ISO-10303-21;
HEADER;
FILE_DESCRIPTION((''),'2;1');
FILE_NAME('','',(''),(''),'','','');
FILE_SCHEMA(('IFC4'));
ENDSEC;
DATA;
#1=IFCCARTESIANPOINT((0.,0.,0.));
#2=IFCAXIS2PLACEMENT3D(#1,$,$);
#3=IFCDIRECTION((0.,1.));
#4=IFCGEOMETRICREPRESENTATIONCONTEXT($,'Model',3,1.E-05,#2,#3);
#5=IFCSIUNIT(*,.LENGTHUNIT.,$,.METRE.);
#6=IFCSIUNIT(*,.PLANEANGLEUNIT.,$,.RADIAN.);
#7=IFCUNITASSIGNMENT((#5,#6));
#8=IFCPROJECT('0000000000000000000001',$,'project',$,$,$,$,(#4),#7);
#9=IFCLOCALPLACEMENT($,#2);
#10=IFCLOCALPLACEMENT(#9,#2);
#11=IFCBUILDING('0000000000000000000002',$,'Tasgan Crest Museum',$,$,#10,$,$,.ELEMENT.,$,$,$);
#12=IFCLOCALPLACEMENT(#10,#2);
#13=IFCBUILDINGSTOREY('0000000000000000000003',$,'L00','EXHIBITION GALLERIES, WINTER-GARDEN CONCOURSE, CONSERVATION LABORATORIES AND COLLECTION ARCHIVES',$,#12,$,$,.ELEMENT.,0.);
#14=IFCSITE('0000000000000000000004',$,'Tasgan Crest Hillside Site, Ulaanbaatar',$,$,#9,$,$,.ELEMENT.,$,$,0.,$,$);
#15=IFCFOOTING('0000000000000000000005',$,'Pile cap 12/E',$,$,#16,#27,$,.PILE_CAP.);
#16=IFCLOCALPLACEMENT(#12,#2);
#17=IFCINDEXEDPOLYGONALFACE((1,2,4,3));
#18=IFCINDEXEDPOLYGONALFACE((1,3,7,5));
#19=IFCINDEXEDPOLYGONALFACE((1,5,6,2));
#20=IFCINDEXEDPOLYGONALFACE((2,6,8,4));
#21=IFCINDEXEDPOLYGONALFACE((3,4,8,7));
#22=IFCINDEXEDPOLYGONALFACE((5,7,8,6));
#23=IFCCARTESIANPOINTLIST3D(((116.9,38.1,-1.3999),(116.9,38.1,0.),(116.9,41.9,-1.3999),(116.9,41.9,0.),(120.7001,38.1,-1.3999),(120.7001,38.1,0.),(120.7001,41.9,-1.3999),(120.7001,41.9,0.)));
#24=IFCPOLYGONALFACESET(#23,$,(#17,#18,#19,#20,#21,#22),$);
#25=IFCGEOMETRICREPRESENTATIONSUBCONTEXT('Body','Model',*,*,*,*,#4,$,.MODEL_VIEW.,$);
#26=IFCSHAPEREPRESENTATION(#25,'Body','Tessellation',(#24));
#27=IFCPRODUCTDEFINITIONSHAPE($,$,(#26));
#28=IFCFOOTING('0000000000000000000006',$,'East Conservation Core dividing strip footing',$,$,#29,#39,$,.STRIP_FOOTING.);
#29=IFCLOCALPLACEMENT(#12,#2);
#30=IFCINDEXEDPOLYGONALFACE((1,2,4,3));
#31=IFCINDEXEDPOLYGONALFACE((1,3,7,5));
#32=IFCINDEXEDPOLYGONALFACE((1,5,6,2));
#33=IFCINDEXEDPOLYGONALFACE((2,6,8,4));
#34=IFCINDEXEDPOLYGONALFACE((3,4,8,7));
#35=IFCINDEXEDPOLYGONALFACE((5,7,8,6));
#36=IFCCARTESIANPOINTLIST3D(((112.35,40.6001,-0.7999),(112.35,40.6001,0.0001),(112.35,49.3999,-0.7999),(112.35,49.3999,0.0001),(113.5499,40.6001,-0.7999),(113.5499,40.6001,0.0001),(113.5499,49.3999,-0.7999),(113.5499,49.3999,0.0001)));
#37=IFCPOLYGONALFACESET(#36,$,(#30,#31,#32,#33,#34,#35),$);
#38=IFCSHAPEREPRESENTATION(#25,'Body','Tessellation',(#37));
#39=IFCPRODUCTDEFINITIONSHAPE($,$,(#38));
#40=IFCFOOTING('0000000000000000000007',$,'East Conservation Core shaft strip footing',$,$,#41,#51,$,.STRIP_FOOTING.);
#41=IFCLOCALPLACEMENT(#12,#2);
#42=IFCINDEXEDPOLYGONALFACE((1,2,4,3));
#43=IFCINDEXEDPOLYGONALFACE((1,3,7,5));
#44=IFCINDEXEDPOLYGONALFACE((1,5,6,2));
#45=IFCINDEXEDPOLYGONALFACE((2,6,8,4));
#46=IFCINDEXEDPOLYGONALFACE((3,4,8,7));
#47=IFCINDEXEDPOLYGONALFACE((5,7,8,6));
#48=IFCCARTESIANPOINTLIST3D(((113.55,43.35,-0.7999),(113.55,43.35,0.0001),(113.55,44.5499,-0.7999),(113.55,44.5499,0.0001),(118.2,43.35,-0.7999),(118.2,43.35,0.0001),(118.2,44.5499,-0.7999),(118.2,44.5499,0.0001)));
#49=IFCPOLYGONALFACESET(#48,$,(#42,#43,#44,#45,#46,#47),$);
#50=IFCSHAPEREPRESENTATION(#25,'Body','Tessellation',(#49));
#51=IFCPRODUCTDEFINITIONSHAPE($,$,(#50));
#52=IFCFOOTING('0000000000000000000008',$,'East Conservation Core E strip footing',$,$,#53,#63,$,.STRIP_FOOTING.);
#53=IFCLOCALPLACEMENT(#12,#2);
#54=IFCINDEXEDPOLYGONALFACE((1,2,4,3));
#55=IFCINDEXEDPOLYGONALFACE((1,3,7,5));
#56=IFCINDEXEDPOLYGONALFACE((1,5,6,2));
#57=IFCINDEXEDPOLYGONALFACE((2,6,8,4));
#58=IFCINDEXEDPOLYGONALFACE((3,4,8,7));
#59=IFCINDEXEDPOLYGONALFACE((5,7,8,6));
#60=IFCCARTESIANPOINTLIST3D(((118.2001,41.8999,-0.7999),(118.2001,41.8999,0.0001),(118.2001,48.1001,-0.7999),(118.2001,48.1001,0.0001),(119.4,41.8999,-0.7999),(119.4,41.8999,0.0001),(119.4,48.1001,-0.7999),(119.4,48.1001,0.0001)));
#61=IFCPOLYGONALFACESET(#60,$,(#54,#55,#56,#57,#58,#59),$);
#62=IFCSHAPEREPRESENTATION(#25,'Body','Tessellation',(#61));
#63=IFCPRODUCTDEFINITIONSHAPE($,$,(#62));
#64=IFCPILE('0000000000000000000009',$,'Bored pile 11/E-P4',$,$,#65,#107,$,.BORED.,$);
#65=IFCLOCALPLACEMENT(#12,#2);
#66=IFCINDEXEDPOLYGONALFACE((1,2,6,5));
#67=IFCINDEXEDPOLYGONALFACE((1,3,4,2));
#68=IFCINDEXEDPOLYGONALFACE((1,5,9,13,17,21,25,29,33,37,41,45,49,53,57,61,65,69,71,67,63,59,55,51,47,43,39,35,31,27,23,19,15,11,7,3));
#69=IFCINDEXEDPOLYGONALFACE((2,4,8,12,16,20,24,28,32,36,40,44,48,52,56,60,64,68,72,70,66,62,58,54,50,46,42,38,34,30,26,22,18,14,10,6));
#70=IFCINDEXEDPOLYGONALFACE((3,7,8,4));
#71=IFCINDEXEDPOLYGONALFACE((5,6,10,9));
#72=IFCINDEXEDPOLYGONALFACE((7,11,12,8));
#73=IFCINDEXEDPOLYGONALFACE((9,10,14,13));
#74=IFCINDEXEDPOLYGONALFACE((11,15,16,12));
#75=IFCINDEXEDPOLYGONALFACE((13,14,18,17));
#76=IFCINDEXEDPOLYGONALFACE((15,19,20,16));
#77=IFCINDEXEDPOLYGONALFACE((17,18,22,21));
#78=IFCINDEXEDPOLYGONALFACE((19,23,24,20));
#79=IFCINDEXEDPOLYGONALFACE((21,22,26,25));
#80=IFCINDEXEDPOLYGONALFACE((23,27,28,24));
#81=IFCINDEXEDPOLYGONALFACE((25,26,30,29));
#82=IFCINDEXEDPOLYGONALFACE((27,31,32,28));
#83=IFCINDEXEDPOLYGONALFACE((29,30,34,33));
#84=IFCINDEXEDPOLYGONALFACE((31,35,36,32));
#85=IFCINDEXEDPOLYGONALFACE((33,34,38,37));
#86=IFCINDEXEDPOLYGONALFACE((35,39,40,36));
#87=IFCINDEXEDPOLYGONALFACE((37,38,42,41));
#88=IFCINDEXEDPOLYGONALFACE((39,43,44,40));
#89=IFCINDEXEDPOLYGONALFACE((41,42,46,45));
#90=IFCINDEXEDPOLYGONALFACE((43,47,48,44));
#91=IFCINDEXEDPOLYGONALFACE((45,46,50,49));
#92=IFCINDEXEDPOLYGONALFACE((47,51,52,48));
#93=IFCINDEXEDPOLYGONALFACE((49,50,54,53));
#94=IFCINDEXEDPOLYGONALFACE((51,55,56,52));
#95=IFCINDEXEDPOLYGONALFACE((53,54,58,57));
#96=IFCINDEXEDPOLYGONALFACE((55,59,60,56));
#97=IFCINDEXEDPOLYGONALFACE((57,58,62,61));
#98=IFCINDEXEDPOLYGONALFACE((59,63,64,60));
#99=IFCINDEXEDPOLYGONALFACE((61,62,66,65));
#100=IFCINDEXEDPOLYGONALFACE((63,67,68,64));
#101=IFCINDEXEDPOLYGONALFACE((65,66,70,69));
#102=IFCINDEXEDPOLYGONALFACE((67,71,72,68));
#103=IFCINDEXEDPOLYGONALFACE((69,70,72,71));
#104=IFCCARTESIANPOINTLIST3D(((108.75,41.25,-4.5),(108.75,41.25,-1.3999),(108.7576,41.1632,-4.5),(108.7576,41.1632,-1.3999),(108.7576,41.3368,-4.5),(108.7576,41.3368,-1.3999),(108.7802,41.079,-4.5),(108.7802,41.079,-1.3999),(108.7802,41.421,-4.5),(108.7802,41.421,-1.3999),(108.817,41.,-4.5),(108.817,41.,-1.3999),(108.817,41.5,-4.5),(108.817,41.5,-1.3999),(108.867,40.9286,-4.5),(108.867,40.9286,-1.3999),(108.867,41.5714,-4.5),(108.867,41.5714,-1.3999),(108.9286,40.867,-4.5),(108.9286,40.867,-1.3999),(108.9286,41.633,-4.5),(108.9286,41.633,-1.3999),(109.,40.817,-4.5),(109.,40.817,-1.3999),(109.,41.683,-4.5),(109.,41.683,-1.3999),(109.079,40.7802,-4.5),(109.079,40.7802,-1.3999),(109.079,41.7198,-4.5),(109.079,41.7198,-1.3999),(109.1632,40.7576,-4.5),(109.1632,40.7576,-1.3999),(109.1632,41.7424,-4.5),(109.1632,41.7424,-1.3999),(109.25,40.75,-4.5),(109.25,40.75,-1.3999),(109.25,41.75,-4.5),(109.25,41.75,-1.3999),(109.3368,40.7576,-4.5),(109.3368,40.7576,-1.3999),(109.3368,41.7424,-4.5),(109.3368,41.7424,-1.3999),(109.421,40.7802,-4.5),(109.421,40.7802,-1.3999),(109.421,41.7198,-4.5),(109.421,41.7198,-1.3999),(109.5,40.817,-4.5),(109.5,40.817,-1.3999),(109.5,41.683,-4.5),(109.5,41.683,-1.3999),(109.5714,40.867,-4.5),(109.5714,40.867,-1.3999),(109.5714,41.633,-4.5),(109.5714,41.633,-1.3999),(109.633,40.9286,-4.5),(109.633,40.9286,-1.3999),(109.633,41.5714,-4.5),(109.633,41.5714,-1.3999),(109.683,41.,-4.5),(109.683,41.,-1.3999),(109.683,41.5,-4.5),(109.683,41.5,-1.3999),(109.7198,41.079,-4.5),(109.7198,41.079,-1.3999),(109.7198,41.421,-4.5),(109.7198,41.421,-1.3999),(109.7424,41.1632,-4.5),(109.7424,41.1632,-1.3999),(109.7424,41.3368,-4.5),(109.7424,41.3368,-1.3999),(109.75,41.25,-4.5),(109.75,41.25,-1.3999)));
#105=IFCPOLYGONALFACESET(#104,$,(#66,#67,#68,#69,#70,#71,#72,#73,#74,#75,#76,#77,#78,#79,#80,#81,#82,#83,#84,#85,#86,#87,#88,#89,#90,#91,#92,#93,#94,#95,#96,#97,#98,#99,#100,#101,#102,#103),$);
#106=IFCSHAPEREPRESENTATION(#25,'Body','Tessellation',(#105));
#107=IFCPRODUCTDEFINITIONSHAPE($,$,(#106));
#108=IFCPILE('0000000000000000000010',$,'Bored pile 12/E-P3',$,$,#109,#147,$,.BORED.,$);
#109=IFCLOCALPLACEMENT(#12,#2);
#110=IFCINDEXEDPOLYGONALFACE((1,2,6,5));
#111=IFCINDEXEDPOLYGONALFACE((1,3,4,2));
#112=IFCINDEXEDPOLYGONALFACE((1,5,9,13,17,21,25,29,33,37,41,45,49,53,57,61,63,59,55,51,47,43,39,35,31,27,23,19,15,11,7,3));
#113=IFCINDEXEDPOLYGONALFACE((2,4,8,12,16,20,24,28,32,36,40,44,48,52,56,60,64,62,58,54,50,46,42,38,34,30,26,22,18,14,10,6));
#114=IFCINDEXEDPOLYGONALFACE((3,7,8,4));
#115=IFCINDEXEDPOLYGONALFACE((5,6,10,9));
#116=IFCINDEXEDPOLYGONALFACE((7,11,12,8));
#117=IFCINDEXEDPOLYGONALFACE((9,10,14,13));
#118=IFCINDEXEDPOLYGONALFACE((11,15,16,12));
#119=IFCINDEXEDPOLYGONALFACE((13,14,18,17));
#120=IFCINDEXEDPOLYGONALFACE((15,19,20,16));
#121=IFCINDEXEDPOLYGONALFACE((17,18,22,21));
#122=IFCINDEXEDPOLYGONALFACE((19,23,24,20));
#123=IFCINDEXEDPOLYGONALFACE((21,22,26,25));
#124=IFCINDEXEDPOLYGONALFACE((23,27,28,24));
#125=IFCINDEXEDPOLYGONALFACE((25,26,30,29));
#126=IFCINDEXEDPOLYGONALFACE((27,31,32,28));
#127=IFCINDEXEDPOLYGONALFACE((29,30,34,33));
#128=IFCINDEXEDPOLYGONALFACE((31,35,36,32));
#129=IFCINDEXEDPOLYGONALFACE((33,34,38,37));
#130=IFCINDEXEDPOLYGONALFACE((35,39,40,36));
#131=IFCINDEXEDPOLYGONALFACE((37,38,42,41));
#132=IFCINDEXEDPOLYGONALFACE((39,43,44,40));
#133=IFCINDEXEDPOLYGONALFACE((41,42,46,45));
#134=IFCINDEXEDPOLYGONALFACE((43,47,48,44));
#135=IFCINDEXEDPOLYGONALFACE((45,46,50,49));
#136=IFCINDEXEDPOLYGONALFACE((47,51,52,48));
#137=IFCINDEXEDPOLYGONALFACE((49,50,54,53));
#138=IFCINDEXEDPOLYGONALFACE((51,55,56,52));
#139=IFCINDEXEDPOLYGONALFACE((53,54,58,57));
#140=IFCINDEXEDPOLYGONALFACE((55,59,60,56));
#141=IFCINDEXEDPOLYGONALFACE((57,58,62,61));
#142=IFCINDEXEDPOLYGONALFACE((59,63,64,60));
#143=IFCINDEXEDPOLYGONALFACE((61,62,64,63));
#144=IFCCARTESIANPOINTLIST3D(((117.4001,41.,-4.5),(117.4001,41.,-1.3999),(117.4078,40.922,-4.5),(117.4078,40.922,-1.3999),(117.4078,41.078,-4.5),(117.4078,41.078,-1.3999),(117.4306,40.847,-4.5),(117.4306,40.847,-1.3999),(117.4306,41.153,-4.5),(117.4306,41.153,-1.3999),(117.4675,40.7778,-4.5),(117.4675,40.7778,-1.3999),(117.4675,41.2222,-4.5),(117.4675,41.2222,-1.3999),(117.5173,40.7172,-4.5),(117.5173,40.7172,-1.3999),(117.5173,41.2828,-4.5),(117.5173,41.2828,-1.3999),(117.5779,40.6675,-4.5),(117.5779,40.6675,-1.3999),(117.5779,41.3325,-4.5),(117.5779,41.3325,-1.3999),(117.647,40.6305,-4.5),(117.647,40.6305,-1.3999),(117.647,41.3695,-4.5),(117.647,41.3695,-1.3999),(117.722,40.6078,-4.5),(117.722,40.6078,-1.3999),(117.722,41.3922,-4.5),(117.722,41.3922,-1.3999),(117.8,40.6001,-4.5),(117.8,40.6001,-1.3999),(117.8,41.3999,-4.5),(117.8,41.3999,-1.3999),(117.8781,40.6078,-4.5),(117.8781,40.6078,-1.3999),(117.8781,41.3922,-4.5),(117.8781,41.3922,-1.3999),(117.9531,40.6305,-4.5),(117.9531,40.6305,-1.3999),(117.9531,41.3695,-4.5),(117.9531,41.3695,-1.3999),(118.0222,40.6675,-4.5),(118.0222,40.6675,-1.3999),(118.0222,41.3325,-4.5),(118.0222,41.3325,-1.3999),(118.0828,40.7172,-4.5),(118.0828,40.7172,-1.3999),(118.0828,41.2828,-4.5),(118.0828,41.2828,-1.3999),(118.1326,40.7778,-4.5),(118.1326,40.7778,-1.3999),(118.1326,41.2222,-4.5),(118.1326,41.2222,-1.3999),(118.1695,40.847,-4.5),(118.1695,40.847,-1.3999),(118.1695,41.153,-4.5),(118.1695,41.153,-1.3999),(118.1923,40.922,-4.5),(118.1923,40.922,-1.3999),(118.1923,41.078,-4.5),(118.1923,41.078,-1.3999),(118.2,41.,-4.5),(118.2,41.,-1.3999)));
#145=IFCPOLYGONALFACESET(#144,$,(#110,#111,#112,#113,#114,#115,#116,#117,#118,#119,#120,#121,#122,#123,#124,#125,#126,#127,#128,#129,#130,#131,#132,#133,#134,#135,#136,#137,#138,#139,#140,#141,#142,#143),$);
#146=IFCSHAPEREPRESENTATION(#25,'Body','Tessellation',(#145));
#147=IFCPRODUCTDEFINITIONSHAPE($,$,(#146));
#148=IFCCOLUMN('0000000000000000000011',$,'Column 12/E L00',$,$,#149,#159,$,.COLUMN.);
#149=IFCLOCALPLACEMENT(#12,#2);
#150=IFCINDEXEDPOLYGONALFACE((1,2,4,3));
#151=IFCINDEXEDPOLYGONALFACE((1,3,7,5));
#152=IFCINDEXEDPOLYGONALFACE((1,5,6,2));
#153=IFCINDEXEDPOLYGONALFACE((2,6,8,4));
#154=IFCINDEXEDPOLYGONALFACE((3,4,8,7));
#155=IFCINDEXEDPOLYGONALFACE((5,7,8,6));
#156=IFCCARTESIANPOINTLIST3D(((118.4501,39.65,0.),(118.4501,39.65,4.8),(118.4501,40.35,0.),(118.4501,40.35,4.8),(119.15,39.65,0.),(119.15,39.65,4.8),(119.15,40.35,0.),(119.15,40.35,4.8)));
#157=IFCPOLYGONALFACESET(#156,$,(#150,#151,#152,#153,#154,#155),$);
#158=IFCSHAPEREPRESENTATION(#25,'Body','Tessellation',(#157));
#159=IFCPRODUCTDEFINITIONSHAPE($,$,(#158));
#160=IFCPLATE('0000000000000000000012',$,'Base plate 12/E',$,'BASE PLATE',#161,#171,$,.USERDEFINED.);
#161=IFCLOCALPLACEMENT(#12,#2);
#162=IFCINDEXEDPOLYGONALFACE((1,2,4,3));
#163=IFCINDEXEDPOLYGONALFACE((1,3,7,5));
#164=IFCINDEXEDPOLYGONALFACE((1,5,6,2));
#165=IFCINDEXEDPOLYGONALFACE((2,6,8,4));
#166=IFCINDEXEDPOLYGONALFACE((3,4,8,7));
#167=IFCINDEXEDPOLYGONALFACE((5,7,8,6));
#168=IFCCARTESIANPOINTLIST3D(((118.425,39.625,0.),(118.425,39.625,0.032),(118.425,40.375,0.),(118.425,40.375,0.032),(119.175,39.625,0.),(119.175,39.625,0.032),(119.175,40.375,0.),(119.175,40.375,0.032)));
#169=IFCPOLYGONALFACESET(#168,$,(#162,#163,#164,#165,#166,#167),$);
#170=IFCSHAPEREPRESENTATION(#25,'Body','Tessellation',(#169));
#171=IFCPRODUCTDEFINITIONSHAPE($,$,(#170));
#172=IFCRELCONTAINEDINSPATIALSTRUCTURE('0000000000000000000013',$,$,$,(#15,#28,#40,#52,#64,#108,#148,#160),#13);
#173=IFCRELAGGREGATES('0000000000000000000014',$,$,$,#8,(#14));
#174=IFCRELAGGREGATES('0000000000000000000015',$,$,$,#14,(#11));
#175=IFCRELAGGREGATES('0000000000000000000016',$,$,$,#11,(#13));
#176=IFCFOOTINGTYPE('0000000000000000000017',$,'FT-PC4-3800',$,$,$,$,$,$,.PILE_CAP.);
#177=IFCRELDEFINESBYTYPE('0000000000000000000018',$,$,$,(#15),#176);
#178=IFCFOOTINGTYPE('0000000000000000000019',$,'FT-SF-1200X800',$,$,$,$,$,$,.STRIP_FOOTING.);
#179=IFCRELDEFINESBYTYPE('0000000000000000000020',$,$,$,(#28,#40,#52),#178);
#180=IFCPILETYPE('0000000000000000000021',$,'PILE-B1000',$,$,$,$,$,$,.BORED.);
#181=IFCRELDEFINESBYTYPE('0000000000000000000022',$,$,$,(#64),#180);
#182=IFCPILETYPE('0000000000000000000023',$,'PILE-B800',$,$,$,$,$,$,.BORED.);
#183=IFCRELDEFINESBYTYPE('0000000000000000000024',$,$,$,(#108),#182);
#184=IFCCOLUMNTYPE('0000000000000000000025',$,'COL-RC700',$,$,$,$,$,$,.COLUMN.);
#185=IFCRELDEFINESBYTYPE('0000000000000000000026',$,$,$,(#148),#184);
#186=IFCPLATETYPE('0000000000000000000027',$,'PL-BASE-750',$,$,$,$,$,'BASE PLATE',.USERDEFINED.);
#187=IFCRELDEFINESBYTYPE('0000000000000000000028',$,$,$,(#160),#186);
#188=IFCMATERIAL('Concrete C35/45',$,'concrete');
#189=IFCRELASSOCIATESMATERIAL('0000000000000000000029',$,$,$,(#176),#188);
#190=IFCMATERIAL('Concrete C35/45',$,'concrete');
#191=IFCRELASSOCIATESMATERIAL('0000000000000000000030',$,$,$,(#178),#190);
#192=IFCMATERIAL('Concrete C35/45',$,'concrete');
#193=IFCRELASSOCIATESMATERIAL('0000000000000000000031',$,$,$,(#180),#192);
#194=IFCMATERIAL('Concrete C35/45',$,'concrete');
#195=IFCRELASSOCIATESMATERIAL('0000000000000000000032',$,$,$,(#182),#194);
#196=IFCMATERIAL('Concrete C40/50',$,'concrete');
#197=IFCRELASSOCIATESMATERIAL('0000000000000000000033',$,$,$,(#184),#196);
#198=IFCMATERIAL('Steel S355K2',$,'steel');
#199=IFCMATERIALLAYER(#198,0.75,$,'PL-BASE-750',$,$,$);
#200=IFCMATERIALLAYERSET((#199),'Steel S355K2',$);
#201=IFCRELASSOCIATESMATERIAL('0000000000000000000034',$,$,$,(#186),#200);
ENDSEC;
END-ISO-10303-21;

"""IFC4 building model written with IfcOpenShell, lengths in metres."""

from ifc_helpers import new_model, si_unit, direction, frame, origin, origin_2d, place, context, subcontext, project, spatial, rectangle, circle, extrude, material, layer, layer_set, material_profile, profile_set, type_object, element, save


model = new_model("IFC4")

# Units and contexts
model_context = context("Model", 3, precision=1e-05, world=origin(), true_north=direction((0.0, 1.0)))
body_context = subcontext(model_context, "Body", "Model", "MODEL_VIEW")
ifc_project = project(units=[si_unit("LENGTHUNIT", "METRE"), si_unit("PLANEANGLEUNIT", "RADIAN")], contexts=[model_context])

# Site, building, storey
site_placement = place(None, origin())
site = spatial("IfcSite", under=ifc_project, at=site_placement, Name="Tasgan Crest Hillside Site, Ulaanbaatar", CompositionType="ELEMENT", RefElevation=0.0)
building_placement = place(site_placement, origin())
building = spatial("IfcBuilding", under=site, at=building_placement, Name="Tasgan Crest Museum", CompositionType="ELEMENT")
storey_placement = place(building_placement, origin())
storey = spatial("IfcBuildingStorey", under=building, at=storey_placement, Name="L00", Description="EXHIBITION GALLERIES, WINTER-GARDEN CONCOURSE, CONSERVATION LABORATORIES AND COLLECTION ARCHIVES", CompositionType="ELEMENT", Elevation=0.0)

# Footings
ifc_material_1 = material(Name="Concrete C35/45", Category="concrete")
footing_type_1 = type_object("IfcFootingType", Name="FT-PC4-3800", PredefinedType="PILE_CAP", material=ifc_material_1)
footing_1_placement = place(storey_placement, frame((118.8, 40.0, -1.3999), z_axis=(0.0, 0.0, 1.0), x_axis=(1.0, 0.0, 0.0)))
element("IfcFooting", 1, at=footing_1_placement, inside=storey, type_object=footing_type_1, Name="Pile cap 12/E", PredefinedType="PILE_CAP", context=body_context, shape_type="SweptSolid", body=[
    extrude(rectangle(XDim=3.8, YDim=3.8, at=origin_2d()), origin(), (0.0, 0.0, 1.0), 1.3999),
])
ifc_material_2 = material(Name="Concrete C35/45", Category="concrete")
ifc_material_profile_1 = material_profile(ifc_material_2, rectangle(XDim=1.2, YDim=0.8, at=origin_2d()), Name="SF 1200x800")
ifc_profile_set_1 = profile_set([ifc_material_profile_1], Name="Concrete C35/45")
footing_type_2 = type_object("IfcFootingType", Name="FT-SF-1200X800", PredefinedType="STRIP_FOOTING", material=ifc_profile_set_1)
footing_2_placement = place(storey_placement, frame((112.95, 40.6001, -0.3999), z_axis=(0.0, 1.0, 0.0), x_axis=(-1.0, 0.0, 0.0)))
element("IfcFooting", 2, at=footing_2_placement, inside=storey, type_object=footing_type_2, Name="East Conservation Core dividing strip footing", PredefinedType="STRIP_FOOTING", context=body_context, shape_type="SweptSolid", body=[
    extrude(rectangle(XDim=1.2, YDim=0.8, at=origin_2d()), origin(), (0.0, 0.0, 1.0), 8.7998),
])
footing_3_placement = place(storey_placement, frame((113.55, 43.95, -0.3999), z_axis=(1.0, 0.0, 0.0), x_axis=(0.0, 1.0, 0.0)))
element("IfcFooting", 3, at=footing_3_placement, inside=storey, type_object=footing_type_2, Name="East Conservation Core shaft strip footing", PredefinedType="STRIP_FOOTING", context=body_context, shape_type="SweptSolid", body=[
    extrude(rectangle(XDim=1.2, YDim=0.8, at=origin_2d()), origin(), (0.0, 0.0, 1.0), 4.6499),
])
footing_4_placement = place(storey_placement, frame((118.8, 41.8999, -0.3999), z_axis=(0.0, 1.0, 0.0), x_axis=(-1.0, 0.0, 0.0)))
element("IfcFooting", 4, at=footing_4_placement, inside=storey, type_object=footing_type_2, Name="East Conservation Core E strip footing", PredefinedType="STRIP_FOOTING", context=body_context, shape_type="SweptSolid", body=[
    extrude(rectangle(XDim=1.2, YDim=0.8, at=origin_2d()), origin(), (0.0, 0.0, 1.0), 6.2002),
])

# Piles
ifc_material_3 = material(Name="Concrete C35/45", Category="concrete")
ifc_material_profile_2 = material_profile(ifc_material_3, circle(Radius=0.5, at=origin_2d()), Name="PILE D1000")
ifc_profile_set_2 = profile_set([ifc_material_profile_2], Name="Concrete C35/45")
pile_type_1 = type_object("IfcPileType", Name="PILE-B1000", PredefinedType="BORED", material=ifc_profile_set_2)
pile_1_placement = place(storey_placement, frame((109.25, 41.25, -1.3999), z_axis=(0.0, 0.0, -1.0), x_axis=(1.0, 0.0, 0.0)))
element("IfcPile", 5, at=pile_1_placement, inside=storey, type_object=pile_type_1, Name="Bored pile 11/E-P4", PredefinedType="BORED", context=body_context, shape_type="SweptSolid", body=[
    extrude(circle(Radius=0.5, at=origin_2d()), origin(), (0.0, 0.0, 1.0), 3.1001),
])
ifc_material_4 = material(Name="Concrete C35/45", Category="concrete")
ifc_material_profile_3 = material_profile(ifc_material_4, circle(Radius=0.3999, at=origin_2d()), Name="PILE D800")
ifc_profile_set_3 = profile_set([ifc_material_profile_3], Name="Concrete C35/45")
pile_type_2 = type_object("IfcPileType", Name="PILE-B800", PredefinedType="BORED", material=ifc_profile_set_3)
pile_2_placement = place(storey_placement, frame((117.8, 41.0, -1.3999), z_axis=(0.0, 0.0, -1.0), x_axis=(1.0, 0.0, 0.0)))
element("IfcPile", 6, at=pile_2_placement, inside=storey, type_object=pile_type_2, Name="Bored pile 12/E-P3", PredefinedType="BORED", context=body_context, shape_type="SweptSolid", body=[
    extrude(circle(Radius=0.3999, at=origin_2d()), origin(), (0.0, 0.0, 1.0), 3.1001),
])

# Column
ifc_material_5 = material(Name="Concrete C40/50", Category="concrete")
ifc_material_profile_4 = material_profile(ifc_material_5, rectangle(XDim=0.7, YDim=0.7, at=origin_2d()), Name="RC 700x700")
ifc_profile_set_4 = profile_set([ifc_material_profile_4], Name="Concrete C40/50")
column_type = type_object("IfcColumnType", Name="COL-RC700", PredefinedType="COLUMN", material=ifc_profile_set_4)
column_placement = place(storey_placement, frame((118.8, 40.0, 0.0), z_axis=(0.0, 0.0, 1.0), x_axis=(1.0, 0.0, 0.0)))
element("IfcColumn", 7, at=column_placement, inside=storey, type_object=column_type, Name="Column 12/E L00", PredefinedType="COLUMN", context=body_context, shape_type="SweptSolid", body=[
    extrude(rectangle(XDim=0.7, YDim=0.7, at=origin_2d()), origin(), (0.0, 0.0, 1.0), 4.8),
])

# Plate
ifc_material_6 = material(Name="Steel S355K2", Category="steel")
ifc_layer_1 = layer(ifc_material_6, 0.75, Name="PL-BASE-750")
ifc_layer_set_1 = layer_set([ifc_layer_1], Name="Steel S355K2")
plate_type = type_object("IfcPlateType", Name="PL-BASE-750", ElementType="BASE PLATE", PredefinedType="USERDEFINED", material=ifc_layer_set_1)
plate_placement = place(storey_placement, frame((118.8, 40.0, 0.0), z_axis=(0.0, 0.0, 1.0), x_axis=(1.0, 0.0, 0.0)))
element("IfcPlate", 8, at=plate_placement, inside=storey, type_object=plate_type, Name="Base plate 12/E", ObjectType="BASE PLATE", PredefinedType="USERDEFINED", context=body_context, shape_type="SweptSolid", body=[
    extrude(rectangle(XDim=0.75, YDim=0.75, at=origin_2d()), origin(), (0.0, 0.0, 1.0), 0.032),
])

save(model, "model.ifc")
